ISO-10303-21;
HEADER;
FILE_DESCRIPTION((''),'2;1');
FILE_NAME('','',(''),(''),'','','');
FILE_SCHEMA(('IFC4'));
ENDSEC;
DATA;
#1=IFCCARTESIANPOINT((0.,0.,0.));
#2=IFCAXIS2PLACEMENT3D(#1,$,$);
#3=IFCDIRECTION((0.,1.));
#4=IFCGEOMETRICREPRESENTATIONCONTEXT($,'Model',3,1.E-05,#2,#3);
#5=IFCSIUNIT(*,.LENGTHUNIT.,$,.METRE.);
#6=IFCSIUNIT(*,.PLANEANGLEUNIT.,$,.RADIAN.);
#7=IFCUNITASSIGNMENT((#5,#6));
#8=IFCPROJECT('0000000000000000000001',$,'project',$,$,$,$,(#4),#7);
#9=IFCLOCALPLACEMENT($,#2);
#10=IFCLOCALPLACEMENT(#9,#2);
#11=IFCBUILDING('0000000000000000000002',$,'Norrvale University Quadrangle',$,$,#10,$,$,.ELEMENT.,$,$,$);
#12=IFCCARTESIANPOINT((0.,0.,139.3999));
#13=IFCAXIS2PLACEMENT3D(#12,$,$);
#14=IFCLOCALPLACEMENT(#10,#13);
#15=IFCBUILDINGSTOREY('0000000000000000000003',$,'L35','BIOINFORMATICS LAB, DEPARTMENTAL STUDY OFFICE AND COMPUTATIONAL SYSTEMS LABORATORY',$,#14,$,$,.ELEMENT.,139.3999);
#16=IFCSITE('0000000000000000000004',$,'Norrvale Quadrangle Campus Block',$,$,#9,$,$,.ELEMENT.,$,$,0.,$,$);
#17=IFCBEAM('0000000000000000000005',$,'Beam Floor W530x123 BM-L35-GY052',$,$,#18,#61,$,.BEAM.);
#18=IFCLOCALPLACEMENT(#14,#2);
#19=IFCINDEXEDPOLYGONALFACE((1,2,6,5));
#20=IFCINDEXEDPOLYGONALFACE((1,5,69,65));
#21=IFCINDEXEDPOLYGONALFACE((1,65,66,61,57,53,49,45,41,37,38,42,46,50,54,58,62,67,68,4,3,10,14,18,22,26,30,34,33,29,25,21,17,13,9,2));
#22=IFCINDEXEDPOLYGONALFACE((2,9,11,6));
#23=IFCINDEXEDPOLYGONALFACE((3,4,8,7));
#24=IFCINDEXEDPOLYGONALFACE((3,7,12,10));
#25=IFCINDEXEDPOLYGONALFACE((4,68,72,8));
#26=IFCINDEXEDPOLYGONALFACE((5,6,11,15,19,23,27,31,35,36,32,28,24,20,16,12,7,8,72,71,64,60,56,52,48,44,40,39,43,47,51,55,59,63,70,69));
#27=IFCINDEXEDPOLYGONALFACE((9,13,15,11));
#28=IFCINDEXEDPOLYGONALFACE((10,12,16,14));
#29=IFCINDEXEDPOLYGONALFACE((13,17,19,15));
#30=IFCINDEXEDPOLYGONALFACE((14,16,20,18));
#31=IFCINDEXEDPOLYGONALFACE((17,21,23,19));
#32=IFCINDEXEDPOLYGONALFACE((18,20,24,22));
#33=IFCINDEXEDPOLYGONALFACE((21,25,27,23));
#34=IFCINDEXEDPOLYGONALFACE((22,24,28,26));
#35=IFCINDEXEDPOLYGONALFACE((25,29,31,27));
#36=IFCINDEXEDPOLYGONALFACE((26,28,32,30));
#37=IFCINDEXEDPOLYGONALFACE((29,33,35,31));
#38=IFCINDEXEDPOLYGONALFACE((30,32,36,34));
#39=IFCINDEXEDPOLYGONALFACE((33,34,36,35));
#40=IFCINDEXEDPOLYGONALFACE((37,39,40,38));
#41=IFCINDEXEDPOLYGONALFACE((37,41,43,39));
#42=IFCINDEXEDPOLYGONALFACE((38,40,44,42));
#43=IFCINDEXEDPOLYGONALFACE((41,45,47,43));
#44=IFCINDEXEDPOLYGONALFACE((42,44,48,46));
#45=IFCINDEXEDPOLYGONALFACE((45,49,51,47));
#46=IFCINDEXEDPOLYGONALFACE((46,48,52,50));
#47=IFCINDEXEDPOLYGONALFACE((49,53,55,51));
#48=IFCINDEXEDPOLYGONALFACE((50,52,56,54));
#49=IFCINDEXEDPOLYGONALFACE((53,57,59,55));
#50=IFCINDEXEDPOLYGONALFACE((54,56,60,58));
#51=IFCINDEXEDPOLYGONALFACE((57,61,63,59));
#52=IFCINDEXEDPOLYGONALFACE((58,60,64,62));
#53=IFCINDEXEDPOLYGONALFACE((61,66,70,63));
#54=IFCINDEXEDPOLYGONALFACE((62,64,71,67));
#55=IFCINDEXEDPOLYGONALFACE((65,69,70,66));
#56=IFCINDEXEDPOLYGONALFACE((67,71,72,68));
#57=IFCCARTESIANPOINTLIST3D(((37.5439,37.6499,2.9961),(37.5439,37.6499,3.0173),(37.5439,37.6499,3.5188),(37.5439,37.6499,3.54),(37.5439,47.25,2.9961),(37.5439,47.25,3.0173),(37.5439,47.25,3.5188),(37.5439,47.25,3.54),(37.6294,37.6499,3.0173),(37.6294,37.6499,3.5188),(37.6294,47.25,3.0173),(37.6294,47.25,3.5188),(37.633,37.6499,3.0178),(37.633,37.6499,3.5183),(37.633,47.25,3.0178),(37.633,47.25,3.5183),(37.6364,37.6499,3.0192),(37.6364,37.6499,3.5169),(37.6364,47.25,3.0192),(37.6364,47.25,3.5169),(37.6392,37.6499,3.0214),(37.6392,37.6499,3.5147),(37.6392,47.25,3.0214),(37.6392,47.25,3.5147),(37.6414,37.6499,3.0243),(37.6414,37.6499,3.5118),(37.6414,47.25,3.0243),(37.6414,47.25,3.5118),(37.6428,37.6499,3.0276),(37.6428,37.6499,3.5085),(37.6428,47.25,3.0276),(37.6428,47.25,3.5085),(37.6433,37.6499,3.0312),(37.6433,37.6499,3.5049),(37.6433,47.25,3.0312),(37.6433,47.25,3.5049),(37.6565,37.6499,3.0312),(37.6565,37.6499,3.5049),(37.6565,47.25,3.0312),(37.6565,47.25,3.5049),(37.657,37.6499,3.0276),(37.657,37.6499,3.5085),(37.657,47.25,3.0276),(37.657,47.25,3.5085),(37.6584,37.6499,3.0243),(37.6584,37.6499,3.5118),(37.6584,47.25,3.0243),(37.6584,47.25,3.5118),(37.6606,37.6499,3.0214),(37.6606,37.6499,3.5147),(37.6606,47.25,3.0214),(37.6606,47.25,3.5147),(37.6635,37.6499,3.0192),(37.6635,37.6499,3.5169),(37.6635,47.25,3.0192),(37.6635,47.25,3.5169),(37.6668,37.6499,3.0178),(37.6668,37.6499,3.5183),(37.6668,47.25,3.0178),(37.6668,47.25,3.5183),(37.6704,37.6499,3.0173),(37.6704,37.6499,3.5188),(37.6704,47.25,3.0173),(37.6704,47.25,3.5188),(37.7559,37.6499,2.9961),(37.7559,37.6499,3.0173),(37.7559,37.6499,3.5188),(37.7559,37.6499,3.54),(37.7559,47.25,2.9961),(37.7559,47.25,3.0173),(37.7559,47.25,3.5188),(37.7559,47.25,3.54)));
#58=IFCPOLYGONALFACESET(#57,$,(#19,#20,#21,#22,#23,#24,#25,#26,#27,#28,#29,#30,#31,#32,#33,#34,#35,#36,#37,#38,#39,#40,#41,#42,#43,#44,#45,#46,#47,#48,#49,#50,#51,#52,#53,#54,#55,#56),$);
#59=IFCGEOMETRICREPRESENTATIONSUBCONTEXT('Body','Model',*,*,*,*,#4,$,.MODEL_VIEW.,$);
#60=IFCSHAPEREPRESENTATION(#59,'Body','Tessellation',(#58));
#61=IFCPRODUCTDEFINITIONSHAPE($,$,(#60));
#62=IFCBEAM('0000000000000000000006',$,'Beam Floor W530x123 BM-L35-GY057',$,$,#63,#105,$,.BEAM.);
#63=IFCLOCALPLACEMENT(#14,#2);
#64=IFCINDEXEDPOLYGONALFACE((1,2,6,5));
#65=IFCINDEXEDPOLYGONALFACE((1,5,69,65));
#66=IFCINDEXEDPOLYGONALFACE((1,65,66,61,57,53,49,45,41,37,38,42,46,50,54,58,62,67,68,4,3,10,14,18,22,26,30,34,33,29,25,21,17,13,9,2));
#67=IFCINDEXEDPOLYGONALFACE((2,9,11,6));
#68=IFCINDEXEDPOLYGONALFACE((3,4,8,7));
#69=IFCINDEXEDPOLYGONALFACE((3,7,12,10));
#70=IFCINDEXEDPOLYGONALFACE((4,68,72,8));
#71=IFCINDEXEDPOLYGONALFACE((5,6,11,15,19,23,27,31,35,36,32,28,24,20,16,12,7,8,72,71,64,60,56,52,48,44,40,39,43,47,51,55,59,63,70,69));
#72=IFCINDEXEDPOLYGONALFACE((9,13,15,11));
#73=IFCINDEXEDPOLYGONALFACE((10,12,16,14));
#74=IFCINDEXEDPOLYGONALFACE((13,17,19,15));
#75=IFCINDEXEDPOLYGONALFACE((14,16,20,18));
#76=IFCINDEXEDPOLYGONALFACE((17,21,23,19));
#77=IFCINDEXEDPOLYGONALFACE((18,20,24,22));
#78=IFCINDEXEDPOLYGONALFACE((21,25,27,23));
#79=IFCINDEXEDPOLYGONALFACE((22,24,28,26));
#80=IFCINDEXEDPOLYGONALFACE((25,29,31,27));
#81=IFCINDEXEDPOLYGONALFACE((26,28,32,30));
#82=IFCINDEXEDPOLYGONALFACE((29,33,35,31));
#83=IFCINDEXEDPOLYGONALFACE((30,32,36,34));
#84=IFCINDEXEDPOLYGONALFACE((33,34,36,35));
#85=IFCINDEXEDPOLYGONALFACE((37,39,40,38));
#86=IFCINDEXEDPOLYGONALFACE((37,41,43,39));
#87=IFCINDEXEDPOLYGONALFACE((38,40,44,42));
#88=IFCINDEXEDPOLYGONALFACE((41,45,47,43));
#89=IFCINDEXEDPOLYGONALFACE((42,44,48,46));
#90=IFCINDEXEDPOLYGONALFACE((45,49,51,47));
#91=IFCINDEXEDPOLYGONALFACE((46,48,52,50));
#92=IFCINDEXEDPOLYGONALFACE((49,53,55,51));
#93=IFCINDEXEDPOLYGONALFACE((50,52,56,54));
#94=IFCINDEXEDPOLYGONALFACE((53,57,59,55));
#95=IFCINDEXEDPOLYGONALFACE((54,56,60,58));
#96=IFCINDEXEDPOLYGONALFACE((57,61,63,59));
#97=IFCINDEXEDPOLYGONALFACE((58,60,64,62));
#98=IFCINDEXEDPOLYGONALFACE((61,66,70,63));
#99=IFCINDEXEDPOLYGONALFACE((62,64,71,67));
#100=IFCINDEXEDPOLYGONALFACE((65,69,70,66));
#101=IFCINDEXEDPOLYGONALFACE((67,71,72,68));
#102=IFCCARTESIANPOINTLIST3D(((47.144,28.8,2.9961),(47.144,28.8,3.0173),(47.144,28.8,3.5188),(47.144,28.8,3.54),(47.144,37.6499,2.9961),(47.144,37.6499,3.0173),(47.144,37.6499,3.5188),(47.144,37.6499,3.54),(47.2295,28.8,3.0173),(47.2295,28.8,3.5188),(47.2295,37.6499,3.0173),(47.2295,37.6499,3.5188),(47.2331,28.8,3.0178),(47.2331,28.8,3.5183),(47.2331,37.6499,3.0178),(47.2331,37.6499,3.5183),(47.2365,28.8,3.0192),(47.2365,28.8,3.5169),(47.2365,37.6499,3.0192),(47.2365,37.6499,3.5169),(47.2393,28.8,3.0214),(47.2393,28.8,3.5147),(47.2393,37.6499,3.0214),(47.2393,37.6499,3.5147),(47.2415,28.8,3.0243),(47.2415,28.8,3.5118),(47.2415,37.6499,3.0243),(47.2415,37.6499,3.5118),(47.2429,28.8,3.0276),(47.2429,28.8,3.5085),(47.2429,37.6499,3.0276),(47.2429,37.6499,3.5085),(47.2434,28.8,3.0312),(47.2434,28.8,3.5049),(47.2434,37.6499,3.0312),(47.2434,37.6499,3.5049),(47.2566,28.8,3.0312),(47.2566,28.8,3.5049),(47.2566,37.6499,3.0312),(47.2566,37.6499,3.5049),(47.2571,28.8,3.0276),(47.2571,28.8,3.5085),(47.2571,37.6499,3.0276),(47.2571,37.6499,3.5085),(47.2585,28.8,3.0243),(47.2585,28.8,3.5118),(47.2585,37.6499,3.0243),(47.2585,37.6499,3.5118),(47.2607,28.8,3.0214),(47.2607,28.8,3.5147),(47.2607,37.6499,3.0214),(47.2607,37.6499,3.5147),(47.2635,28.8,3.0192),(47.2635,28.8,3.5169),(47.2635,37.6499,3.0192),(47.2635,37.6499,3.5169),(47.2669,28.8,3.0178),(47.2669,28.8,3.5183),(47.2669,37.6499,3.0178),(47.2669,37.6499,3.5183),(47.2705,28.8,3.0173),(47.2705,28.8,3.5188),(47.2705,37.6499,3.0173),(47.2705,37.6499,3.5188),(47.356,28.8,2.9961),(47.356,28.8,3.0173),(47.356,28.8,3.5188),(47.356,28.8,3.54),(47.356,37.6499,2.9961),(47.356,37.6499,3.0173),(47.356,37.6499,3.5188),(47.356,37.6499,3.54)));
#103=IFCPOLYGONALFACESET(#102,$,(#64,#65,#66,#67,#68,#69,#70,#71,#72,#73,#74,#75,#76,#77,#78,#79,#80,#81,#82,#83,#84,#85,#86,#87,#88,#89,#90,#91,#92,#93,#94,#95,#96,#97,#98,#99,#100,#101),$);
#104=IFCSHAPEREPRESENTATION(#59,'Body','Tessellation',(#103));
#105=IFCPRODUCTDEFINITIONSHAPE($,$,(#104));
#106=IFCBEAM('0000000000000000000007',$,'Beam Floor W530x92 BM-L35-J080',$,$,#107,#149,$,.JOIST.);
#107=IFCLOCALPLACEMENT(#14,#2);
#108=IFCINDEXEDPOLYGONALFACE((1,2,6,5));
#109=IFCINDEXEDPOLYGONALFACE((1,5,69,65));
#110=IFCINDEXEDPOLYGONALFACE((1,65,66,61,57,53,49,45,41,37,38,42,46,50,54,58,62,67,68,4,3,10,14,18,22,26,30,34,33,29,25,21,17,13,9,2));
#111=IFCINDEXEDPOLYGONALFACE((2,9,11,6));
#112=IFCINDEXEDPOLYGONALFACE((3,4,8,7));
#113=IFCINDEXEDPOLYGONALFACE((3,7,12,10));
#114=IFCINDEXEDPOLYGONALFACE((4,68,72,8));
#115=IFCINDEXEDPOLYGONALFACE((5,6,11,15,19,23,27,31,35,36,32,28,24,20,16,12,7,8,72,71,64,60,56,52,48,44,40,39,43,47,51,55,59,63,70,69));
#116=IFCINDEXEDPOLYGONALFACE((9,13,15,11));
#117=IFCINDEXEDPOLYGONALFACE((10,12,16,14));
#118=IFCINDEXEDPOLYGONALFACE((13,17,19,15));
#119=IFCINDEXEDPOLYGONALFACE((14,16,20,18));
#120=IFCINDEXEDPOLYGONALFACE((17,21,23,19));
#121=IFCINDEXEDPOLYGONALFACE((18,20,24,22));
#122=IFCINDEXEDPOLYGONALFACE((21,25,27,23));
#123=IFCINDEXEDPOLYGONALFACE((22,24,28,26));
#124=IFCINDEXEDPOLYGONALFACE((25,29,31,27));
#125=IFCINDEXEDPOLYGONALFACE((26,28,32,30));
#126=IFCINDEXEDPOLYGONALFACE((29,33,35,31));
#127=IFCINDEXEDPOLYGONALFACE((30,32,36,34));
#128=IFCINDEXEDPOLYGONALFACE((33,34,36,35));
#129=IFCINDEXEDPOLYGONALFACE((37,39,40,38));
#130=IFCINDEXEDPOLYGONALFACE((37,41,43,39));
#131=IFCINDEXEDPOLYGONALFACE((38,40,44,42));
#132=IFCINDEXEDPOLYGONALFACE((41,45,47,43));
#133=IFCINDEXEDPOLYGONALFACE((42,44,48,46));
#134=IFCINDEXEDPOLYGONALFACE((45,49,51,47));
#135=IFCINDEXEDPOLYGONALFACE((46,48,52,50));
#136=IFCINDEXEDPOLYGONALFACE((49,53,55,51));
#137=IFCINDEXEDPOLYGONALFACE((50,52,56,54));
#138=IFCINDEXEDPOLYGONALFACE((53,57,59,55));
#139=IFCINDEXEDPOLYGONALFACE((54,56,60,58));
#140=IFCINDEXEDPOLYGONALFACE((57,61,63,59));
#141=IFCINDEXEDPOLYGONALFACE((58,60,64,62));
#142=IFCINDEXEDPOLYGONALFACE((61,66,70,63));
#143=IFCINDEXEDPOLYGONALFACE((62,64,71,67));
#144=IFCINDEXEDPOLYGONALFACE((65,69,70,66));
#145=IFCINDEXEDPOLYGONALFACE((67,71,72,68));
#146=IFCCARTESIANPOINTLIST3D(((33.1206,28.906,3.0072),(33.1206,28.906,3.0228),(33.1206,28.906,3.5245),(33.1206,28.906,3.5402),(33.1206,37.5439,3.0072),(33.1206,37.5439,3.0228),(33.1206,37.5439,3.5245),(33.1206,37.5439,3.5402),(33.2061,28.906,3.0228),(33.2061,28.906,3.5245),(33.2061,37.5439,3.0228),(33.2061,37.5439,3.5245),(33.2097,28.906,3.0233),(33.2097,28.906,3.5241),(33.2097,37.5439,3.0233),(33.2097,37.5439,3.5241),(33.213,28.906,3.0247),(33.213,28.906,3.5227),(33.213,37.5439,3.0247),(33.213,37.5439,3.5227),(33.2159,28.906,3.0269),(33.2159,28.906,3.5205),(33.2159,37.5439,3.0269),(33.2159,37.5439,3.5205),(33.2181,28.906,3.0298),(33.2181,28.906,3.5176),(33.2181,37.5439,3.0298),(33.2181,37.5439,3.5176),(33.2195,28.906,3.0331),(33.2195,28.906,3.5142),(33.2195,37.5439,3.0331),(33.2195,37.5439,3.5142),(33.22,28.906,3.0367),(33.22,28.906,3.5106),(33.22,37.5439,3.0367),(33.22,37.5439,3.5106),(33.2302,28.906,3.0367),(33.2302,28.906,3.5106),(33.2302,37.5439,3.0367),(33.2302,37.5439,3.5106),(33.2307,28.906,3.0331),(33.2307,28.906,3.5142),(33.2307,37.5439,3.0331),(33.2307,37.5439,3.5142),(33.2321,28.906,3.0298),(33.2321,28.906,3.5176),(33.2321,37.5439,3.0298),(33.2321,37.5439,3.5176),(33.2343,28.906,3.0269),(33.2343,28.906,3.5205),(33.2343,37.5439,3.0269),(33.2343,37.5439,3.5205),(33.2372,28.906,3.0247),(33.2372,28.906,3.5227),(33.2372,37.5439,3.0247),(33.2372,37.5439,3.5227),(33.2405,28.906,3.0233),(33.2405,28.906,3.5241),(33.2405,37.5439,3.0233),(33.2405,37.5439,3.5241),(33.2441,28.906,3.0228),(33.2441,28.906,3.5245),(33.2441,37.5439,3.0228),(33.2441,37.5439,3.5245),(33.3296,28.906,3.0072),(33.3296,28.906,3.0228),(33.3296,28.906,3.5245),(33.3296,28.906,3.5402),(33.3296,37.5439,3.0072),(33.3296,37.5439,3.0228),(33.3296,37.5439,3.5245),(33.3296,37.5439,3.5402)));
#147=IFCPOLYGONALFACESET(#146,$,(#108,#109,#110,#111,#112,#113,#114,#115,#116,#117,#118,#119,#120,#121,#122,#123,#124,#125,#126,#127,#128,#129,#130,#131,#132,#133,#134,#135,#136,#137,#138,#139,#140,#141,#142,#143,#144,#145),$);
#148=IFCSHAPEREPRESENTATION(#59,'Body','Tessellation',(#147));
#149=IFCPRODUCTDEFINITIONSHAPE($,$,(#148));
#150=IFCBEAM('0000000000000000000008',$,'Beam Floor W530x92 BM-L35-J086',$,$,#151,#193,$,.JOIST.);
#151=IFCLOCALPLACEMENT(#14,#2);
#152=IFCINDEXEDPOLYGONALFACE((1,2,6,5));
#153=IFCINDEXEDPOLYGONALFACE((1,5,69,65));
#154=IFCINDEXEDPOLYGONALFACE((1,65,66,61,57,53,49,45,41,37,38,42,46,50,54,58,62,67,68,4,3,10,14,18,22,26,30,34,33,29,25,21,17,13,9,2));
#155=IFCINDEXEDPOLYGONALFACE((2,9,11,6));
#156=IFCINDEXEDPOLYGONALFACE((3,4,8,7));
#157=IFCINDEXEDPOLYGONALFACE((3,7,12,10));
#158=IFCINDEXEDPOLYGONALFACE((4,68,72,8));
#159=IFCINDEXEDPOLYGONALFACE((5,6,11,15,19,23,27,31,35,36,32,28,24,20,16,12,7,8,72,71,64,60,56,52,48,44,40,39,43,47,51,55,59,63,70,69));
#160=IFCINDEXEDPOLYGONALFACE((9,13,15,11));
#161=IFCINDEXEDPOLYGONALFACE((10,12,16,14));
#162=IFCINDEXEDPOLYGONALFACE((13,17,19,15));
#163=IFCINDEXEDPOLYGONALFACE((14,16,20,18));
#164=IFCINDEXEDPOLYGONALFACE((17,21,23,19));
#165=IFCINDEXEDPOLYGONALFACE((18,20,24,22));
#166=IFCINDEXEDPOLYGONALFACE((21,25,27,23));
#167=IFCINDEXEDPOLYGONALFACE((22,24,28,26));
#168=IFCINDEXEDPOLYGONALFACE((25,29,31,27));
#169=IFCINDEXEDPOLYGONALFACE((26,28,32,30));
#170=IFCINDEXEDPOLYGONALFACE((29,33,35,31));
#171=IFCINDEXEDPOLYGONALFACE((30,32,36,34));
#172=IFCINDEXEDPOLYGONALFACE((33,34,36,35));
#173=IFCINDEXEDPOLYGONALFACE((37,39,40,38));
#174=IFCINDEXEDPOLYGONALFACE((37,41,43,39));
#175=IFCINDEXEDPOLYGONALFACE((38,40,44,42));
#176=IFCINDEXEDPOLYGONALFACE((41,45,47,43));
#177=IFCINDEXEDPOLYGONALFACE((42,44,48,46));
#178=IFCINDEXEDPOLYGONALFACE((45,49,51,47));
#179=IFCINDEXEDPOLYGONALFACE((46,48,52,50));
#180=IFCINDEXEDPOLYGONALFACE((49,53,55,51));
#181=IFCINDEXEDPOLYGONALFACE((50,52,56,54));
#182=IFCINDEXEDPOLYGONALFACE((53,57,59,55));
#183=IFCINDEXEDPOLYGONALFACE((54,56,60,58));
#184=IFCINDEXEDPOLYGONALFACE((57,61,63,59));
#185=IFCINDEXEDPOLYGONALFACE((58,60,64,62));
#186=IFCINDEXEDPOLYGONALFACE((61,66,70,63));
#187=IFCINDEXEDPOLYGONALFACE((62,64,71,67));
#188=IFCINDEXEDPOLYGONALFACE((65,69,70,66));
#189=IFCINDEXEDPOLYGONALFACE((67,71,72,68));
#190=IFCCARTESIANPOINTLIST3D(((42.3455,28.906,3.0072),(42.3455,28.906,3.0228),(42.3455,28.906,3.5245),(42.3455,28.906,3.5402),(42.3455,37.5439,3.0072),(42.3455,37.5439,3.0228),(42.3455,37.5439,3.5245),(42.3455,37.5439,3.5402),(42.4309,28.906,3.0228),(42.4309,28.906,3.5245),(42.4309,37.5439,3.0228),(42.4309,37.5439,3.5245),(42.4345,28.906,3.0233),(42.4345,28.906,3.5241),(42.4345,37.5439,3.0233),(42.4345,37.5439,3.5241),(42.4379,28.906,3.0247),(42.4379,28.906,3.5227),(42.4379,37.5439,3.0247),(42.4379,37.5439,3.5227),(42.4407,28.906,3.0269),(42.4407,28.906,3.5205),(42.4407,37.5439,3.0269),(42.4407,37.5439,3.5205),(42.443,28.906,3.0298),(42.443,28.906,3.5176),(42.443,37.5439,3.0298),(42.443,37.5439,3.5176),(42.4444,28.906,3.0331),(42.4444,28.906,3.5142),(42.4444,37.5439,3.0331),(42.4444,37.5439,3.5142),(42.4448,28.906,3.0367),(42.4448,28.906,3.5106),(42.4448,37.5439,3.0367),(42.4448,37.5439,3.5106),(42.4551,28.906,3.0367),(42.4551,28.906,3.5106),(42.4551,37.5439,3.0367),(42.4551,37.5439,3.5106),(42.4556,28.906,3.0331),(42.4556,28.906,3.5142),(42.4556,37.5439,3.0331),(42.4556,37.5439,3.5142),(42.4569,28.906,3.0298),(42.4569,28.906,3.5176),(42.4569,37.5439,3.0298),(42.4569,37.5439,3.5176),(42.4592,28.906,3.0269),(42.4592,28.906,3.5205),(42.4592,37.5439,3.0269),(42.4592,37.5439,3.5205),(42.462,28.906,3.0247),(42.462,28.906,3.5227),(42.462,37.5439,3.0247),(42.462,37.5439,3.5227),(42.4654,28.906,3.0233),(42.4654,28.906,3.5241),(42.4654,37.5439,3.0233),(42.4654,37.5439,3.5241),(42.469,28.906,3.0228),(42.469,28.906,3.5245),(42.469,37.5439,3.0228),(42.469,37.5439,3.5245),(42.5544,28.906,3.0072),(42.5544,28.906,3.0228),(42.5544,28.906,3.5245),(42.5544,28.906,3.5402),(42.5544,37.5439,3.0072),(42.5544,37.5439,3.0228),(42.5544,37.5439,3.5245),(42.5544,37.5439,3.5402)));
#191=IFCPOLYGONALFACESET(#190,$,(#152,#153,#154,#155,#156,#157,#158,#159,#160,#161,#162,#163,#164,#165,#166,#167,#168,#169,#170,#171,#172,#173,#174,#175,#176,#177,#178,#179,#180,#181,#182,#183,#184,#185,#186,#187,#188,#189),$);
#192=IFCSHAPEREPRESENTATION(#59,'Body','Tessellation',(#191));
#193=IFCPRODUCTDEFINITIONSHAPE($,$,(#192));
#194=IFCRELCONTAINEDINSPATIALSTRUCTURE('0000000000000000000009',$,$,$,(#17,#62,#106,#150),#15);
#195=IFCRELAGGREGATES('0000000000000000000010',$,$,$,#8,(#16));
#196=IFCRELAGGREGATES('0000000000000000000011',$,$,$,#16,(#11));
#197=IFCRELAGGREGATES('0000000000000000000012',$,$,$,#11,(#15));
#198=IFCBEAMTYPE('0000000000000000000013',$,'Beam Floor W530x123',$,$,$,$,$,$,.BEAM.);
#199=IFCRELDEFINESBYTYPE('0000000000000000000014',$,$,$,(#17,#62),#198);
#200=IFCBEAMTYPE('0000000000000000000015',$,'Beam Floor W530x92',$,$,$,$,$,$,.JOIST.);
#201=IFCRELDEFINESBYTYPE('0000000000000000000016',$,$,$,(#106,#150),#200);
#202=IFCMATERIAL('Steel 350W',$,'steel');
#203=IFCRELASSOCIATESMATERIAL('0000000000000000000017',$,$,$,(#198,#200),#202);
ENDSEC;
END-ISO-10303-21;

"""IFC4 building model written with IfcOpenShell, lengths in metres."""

from ifc_helpers import new_model, si_unit, direction, frame, origin, origin_2d, place, context, subcontext, project, spatial, i_section, extrude, material, material_profile, profile_set, type_object, element, save


model = new_model("IFC4")

# Units and contexts
model_context = context("Model", 3, precision=1e-05, world=origin(), true_north=direction((0.0, 1.0)))
body_context = subcontext(model_context, "Body", "Model", "MODEL_VIEW")
ifc_project = project(units=[si_unit("LENGTHUNIT", "METRE"), si_unit("PLANEANGLEUNIT", "RADIAN")], contexts=[model_context])

# Site, building, storey
site_placement = place(None, origin())
site = spatial("IfcSite", under=ifc_project, at=site_placement, Name="Norrvale Quadrangle Campus Block", CompositionType="ELEMENT", RefElevation=0.0)
building_placement = place(site_placement, origin())
building = spatial("IfcBuilding", under=site, at=building_placement, Name="Norrvale University Quadrangle", CompositionType="ELEMENT")
storey_placement = place(building_placement, frame((0.0, 0.0, 139.3999)))
storey = spatial("IfcBuildingStorey", under=building, at=storey_placement, Name="L35", Description="BIOINFORMATICS LAB, DEPARTMENTAL STUDY OFFICE AND COMPUTATIONAL SYSTEMS LABORATORY", CompositionType="ELEMENT", Elevation=139.3999)

# Beams
ifc_material_1 = material(Name="Steel 350W", Category="steel")
ifc_material_profile_1 = material_profile(ifc_material_1, i_section(OverallWidth=0.2119, OverallDepth=0.5439, WebThickness=0.0132, FlangeThickness=0.0212, FilletRadius=0.0139, at=origin_2d()), Name="Steel 350W")
ifc_profile_set_1 = profile_set([ifc_material_profile_1], Name="Steel 350W")
beam_type_1 = type_object("IfcBeamType", Name="Beam Floor W530x123", PredefinedType="BEAM", material=ifc_profile_set_1)
beam_1_placement = place(storey_placement, frame((37.6499, 37.6499, 3.2681), z_axis=(0.0, 1.0, 0.0), x_axis=(-1.0, 0.0, 0.0)))
element("IfcBeam", 1, at=beam_1_placement, inside=storey, type_object=beam_type_1, Name="Beam Floor W530x123 BM-L35-GY052", PredefinedType="BEAM", context=body_context, shape_type="SweptSolid", body=[
    extrude(i_section(OverallWidth=0.2119, OverallDepth=0.5439, WebThickness=0.0132, FlangeThickness=0.0212, FilletRadius=0.0139, at=origin_2d()), origin(), (0.0, 0.0, 1.0), 9.6001),
])
beam_2_placement = place(storey_placement, frame((47.25, 28.8, 3.2681), z_axis=(0.0, 1.0, 0.0), x_axis=(-1.0, 0.0, 0.0)))
element("IfcBeam", 2, at=beam_2_placement, inside=storey, type_object=beam_type_1, Name="Beam Floor W530x123 BM-L35-GY057", PredefinedType="BEAM", context=body_context, shape_type="SweptSolid", body=[
    extrude(i_section(OverallWidth=0.2119, OverallDepth=0.5439, WebThickness=0.0132, FlangeThickness=0.0212, FilletRadius=0.0139, at=origin_2d()), origin(), (0.0, 0.0, 1.0), 8.8499),
])
ifc_material_profile_2 = material_profile(ifc_material_1, i_section(OverallWidth=0.209, OverallDepth=0.533, WebThickness=0.0103, FlangeThickness=0.0156, FilletRadius=0.0139, at=origin_2d()), Name="Steel 350W")
ifc_profile_set_2 = profile_set([ifc_material_profile_2], Name="Steel 350W")
beam_type_2 = type_object("IfcBeamType", Name="Beam Floor W530x92", PredefinedType="JOIST", material=ifc_profile_set_2)
for number, where, z_axis, x_axis, name in (
    (3, (33.2251, 28.906, 3.2737), (0.0, 1.0, 0.0), (-1.0, 0.0, 0.0), "Beam Floor W530x92 BM-L35-J080"),
    (4, (42.45, 28.906, 3.2737), (0.0, 1.0, 0.0), (-1.0, 0.0, 0.0), "Beam Floor W530x92 BM-L35-J086"),
):
    element("IfcBeam", number, at=place(storey_placement, frame(where, z_axis=z_axis, x_axis=x_axis)), inside=storey, type_object=beam_type_2, Name=name, PredefinedType="JOIST", context=body_context, shape_type="SweptSolid", body=[
        extrude(i_section(OverallWidth=0.209, OverallDepth=0.533, WebThickness=0.0103, FlangeThickness=0.0156, FilletRadius=0.0139, at=origin_2d()), origin(), (0.0, 0.0, 1.0), 8.6379),
    ])

save(model, "model.ifc")
